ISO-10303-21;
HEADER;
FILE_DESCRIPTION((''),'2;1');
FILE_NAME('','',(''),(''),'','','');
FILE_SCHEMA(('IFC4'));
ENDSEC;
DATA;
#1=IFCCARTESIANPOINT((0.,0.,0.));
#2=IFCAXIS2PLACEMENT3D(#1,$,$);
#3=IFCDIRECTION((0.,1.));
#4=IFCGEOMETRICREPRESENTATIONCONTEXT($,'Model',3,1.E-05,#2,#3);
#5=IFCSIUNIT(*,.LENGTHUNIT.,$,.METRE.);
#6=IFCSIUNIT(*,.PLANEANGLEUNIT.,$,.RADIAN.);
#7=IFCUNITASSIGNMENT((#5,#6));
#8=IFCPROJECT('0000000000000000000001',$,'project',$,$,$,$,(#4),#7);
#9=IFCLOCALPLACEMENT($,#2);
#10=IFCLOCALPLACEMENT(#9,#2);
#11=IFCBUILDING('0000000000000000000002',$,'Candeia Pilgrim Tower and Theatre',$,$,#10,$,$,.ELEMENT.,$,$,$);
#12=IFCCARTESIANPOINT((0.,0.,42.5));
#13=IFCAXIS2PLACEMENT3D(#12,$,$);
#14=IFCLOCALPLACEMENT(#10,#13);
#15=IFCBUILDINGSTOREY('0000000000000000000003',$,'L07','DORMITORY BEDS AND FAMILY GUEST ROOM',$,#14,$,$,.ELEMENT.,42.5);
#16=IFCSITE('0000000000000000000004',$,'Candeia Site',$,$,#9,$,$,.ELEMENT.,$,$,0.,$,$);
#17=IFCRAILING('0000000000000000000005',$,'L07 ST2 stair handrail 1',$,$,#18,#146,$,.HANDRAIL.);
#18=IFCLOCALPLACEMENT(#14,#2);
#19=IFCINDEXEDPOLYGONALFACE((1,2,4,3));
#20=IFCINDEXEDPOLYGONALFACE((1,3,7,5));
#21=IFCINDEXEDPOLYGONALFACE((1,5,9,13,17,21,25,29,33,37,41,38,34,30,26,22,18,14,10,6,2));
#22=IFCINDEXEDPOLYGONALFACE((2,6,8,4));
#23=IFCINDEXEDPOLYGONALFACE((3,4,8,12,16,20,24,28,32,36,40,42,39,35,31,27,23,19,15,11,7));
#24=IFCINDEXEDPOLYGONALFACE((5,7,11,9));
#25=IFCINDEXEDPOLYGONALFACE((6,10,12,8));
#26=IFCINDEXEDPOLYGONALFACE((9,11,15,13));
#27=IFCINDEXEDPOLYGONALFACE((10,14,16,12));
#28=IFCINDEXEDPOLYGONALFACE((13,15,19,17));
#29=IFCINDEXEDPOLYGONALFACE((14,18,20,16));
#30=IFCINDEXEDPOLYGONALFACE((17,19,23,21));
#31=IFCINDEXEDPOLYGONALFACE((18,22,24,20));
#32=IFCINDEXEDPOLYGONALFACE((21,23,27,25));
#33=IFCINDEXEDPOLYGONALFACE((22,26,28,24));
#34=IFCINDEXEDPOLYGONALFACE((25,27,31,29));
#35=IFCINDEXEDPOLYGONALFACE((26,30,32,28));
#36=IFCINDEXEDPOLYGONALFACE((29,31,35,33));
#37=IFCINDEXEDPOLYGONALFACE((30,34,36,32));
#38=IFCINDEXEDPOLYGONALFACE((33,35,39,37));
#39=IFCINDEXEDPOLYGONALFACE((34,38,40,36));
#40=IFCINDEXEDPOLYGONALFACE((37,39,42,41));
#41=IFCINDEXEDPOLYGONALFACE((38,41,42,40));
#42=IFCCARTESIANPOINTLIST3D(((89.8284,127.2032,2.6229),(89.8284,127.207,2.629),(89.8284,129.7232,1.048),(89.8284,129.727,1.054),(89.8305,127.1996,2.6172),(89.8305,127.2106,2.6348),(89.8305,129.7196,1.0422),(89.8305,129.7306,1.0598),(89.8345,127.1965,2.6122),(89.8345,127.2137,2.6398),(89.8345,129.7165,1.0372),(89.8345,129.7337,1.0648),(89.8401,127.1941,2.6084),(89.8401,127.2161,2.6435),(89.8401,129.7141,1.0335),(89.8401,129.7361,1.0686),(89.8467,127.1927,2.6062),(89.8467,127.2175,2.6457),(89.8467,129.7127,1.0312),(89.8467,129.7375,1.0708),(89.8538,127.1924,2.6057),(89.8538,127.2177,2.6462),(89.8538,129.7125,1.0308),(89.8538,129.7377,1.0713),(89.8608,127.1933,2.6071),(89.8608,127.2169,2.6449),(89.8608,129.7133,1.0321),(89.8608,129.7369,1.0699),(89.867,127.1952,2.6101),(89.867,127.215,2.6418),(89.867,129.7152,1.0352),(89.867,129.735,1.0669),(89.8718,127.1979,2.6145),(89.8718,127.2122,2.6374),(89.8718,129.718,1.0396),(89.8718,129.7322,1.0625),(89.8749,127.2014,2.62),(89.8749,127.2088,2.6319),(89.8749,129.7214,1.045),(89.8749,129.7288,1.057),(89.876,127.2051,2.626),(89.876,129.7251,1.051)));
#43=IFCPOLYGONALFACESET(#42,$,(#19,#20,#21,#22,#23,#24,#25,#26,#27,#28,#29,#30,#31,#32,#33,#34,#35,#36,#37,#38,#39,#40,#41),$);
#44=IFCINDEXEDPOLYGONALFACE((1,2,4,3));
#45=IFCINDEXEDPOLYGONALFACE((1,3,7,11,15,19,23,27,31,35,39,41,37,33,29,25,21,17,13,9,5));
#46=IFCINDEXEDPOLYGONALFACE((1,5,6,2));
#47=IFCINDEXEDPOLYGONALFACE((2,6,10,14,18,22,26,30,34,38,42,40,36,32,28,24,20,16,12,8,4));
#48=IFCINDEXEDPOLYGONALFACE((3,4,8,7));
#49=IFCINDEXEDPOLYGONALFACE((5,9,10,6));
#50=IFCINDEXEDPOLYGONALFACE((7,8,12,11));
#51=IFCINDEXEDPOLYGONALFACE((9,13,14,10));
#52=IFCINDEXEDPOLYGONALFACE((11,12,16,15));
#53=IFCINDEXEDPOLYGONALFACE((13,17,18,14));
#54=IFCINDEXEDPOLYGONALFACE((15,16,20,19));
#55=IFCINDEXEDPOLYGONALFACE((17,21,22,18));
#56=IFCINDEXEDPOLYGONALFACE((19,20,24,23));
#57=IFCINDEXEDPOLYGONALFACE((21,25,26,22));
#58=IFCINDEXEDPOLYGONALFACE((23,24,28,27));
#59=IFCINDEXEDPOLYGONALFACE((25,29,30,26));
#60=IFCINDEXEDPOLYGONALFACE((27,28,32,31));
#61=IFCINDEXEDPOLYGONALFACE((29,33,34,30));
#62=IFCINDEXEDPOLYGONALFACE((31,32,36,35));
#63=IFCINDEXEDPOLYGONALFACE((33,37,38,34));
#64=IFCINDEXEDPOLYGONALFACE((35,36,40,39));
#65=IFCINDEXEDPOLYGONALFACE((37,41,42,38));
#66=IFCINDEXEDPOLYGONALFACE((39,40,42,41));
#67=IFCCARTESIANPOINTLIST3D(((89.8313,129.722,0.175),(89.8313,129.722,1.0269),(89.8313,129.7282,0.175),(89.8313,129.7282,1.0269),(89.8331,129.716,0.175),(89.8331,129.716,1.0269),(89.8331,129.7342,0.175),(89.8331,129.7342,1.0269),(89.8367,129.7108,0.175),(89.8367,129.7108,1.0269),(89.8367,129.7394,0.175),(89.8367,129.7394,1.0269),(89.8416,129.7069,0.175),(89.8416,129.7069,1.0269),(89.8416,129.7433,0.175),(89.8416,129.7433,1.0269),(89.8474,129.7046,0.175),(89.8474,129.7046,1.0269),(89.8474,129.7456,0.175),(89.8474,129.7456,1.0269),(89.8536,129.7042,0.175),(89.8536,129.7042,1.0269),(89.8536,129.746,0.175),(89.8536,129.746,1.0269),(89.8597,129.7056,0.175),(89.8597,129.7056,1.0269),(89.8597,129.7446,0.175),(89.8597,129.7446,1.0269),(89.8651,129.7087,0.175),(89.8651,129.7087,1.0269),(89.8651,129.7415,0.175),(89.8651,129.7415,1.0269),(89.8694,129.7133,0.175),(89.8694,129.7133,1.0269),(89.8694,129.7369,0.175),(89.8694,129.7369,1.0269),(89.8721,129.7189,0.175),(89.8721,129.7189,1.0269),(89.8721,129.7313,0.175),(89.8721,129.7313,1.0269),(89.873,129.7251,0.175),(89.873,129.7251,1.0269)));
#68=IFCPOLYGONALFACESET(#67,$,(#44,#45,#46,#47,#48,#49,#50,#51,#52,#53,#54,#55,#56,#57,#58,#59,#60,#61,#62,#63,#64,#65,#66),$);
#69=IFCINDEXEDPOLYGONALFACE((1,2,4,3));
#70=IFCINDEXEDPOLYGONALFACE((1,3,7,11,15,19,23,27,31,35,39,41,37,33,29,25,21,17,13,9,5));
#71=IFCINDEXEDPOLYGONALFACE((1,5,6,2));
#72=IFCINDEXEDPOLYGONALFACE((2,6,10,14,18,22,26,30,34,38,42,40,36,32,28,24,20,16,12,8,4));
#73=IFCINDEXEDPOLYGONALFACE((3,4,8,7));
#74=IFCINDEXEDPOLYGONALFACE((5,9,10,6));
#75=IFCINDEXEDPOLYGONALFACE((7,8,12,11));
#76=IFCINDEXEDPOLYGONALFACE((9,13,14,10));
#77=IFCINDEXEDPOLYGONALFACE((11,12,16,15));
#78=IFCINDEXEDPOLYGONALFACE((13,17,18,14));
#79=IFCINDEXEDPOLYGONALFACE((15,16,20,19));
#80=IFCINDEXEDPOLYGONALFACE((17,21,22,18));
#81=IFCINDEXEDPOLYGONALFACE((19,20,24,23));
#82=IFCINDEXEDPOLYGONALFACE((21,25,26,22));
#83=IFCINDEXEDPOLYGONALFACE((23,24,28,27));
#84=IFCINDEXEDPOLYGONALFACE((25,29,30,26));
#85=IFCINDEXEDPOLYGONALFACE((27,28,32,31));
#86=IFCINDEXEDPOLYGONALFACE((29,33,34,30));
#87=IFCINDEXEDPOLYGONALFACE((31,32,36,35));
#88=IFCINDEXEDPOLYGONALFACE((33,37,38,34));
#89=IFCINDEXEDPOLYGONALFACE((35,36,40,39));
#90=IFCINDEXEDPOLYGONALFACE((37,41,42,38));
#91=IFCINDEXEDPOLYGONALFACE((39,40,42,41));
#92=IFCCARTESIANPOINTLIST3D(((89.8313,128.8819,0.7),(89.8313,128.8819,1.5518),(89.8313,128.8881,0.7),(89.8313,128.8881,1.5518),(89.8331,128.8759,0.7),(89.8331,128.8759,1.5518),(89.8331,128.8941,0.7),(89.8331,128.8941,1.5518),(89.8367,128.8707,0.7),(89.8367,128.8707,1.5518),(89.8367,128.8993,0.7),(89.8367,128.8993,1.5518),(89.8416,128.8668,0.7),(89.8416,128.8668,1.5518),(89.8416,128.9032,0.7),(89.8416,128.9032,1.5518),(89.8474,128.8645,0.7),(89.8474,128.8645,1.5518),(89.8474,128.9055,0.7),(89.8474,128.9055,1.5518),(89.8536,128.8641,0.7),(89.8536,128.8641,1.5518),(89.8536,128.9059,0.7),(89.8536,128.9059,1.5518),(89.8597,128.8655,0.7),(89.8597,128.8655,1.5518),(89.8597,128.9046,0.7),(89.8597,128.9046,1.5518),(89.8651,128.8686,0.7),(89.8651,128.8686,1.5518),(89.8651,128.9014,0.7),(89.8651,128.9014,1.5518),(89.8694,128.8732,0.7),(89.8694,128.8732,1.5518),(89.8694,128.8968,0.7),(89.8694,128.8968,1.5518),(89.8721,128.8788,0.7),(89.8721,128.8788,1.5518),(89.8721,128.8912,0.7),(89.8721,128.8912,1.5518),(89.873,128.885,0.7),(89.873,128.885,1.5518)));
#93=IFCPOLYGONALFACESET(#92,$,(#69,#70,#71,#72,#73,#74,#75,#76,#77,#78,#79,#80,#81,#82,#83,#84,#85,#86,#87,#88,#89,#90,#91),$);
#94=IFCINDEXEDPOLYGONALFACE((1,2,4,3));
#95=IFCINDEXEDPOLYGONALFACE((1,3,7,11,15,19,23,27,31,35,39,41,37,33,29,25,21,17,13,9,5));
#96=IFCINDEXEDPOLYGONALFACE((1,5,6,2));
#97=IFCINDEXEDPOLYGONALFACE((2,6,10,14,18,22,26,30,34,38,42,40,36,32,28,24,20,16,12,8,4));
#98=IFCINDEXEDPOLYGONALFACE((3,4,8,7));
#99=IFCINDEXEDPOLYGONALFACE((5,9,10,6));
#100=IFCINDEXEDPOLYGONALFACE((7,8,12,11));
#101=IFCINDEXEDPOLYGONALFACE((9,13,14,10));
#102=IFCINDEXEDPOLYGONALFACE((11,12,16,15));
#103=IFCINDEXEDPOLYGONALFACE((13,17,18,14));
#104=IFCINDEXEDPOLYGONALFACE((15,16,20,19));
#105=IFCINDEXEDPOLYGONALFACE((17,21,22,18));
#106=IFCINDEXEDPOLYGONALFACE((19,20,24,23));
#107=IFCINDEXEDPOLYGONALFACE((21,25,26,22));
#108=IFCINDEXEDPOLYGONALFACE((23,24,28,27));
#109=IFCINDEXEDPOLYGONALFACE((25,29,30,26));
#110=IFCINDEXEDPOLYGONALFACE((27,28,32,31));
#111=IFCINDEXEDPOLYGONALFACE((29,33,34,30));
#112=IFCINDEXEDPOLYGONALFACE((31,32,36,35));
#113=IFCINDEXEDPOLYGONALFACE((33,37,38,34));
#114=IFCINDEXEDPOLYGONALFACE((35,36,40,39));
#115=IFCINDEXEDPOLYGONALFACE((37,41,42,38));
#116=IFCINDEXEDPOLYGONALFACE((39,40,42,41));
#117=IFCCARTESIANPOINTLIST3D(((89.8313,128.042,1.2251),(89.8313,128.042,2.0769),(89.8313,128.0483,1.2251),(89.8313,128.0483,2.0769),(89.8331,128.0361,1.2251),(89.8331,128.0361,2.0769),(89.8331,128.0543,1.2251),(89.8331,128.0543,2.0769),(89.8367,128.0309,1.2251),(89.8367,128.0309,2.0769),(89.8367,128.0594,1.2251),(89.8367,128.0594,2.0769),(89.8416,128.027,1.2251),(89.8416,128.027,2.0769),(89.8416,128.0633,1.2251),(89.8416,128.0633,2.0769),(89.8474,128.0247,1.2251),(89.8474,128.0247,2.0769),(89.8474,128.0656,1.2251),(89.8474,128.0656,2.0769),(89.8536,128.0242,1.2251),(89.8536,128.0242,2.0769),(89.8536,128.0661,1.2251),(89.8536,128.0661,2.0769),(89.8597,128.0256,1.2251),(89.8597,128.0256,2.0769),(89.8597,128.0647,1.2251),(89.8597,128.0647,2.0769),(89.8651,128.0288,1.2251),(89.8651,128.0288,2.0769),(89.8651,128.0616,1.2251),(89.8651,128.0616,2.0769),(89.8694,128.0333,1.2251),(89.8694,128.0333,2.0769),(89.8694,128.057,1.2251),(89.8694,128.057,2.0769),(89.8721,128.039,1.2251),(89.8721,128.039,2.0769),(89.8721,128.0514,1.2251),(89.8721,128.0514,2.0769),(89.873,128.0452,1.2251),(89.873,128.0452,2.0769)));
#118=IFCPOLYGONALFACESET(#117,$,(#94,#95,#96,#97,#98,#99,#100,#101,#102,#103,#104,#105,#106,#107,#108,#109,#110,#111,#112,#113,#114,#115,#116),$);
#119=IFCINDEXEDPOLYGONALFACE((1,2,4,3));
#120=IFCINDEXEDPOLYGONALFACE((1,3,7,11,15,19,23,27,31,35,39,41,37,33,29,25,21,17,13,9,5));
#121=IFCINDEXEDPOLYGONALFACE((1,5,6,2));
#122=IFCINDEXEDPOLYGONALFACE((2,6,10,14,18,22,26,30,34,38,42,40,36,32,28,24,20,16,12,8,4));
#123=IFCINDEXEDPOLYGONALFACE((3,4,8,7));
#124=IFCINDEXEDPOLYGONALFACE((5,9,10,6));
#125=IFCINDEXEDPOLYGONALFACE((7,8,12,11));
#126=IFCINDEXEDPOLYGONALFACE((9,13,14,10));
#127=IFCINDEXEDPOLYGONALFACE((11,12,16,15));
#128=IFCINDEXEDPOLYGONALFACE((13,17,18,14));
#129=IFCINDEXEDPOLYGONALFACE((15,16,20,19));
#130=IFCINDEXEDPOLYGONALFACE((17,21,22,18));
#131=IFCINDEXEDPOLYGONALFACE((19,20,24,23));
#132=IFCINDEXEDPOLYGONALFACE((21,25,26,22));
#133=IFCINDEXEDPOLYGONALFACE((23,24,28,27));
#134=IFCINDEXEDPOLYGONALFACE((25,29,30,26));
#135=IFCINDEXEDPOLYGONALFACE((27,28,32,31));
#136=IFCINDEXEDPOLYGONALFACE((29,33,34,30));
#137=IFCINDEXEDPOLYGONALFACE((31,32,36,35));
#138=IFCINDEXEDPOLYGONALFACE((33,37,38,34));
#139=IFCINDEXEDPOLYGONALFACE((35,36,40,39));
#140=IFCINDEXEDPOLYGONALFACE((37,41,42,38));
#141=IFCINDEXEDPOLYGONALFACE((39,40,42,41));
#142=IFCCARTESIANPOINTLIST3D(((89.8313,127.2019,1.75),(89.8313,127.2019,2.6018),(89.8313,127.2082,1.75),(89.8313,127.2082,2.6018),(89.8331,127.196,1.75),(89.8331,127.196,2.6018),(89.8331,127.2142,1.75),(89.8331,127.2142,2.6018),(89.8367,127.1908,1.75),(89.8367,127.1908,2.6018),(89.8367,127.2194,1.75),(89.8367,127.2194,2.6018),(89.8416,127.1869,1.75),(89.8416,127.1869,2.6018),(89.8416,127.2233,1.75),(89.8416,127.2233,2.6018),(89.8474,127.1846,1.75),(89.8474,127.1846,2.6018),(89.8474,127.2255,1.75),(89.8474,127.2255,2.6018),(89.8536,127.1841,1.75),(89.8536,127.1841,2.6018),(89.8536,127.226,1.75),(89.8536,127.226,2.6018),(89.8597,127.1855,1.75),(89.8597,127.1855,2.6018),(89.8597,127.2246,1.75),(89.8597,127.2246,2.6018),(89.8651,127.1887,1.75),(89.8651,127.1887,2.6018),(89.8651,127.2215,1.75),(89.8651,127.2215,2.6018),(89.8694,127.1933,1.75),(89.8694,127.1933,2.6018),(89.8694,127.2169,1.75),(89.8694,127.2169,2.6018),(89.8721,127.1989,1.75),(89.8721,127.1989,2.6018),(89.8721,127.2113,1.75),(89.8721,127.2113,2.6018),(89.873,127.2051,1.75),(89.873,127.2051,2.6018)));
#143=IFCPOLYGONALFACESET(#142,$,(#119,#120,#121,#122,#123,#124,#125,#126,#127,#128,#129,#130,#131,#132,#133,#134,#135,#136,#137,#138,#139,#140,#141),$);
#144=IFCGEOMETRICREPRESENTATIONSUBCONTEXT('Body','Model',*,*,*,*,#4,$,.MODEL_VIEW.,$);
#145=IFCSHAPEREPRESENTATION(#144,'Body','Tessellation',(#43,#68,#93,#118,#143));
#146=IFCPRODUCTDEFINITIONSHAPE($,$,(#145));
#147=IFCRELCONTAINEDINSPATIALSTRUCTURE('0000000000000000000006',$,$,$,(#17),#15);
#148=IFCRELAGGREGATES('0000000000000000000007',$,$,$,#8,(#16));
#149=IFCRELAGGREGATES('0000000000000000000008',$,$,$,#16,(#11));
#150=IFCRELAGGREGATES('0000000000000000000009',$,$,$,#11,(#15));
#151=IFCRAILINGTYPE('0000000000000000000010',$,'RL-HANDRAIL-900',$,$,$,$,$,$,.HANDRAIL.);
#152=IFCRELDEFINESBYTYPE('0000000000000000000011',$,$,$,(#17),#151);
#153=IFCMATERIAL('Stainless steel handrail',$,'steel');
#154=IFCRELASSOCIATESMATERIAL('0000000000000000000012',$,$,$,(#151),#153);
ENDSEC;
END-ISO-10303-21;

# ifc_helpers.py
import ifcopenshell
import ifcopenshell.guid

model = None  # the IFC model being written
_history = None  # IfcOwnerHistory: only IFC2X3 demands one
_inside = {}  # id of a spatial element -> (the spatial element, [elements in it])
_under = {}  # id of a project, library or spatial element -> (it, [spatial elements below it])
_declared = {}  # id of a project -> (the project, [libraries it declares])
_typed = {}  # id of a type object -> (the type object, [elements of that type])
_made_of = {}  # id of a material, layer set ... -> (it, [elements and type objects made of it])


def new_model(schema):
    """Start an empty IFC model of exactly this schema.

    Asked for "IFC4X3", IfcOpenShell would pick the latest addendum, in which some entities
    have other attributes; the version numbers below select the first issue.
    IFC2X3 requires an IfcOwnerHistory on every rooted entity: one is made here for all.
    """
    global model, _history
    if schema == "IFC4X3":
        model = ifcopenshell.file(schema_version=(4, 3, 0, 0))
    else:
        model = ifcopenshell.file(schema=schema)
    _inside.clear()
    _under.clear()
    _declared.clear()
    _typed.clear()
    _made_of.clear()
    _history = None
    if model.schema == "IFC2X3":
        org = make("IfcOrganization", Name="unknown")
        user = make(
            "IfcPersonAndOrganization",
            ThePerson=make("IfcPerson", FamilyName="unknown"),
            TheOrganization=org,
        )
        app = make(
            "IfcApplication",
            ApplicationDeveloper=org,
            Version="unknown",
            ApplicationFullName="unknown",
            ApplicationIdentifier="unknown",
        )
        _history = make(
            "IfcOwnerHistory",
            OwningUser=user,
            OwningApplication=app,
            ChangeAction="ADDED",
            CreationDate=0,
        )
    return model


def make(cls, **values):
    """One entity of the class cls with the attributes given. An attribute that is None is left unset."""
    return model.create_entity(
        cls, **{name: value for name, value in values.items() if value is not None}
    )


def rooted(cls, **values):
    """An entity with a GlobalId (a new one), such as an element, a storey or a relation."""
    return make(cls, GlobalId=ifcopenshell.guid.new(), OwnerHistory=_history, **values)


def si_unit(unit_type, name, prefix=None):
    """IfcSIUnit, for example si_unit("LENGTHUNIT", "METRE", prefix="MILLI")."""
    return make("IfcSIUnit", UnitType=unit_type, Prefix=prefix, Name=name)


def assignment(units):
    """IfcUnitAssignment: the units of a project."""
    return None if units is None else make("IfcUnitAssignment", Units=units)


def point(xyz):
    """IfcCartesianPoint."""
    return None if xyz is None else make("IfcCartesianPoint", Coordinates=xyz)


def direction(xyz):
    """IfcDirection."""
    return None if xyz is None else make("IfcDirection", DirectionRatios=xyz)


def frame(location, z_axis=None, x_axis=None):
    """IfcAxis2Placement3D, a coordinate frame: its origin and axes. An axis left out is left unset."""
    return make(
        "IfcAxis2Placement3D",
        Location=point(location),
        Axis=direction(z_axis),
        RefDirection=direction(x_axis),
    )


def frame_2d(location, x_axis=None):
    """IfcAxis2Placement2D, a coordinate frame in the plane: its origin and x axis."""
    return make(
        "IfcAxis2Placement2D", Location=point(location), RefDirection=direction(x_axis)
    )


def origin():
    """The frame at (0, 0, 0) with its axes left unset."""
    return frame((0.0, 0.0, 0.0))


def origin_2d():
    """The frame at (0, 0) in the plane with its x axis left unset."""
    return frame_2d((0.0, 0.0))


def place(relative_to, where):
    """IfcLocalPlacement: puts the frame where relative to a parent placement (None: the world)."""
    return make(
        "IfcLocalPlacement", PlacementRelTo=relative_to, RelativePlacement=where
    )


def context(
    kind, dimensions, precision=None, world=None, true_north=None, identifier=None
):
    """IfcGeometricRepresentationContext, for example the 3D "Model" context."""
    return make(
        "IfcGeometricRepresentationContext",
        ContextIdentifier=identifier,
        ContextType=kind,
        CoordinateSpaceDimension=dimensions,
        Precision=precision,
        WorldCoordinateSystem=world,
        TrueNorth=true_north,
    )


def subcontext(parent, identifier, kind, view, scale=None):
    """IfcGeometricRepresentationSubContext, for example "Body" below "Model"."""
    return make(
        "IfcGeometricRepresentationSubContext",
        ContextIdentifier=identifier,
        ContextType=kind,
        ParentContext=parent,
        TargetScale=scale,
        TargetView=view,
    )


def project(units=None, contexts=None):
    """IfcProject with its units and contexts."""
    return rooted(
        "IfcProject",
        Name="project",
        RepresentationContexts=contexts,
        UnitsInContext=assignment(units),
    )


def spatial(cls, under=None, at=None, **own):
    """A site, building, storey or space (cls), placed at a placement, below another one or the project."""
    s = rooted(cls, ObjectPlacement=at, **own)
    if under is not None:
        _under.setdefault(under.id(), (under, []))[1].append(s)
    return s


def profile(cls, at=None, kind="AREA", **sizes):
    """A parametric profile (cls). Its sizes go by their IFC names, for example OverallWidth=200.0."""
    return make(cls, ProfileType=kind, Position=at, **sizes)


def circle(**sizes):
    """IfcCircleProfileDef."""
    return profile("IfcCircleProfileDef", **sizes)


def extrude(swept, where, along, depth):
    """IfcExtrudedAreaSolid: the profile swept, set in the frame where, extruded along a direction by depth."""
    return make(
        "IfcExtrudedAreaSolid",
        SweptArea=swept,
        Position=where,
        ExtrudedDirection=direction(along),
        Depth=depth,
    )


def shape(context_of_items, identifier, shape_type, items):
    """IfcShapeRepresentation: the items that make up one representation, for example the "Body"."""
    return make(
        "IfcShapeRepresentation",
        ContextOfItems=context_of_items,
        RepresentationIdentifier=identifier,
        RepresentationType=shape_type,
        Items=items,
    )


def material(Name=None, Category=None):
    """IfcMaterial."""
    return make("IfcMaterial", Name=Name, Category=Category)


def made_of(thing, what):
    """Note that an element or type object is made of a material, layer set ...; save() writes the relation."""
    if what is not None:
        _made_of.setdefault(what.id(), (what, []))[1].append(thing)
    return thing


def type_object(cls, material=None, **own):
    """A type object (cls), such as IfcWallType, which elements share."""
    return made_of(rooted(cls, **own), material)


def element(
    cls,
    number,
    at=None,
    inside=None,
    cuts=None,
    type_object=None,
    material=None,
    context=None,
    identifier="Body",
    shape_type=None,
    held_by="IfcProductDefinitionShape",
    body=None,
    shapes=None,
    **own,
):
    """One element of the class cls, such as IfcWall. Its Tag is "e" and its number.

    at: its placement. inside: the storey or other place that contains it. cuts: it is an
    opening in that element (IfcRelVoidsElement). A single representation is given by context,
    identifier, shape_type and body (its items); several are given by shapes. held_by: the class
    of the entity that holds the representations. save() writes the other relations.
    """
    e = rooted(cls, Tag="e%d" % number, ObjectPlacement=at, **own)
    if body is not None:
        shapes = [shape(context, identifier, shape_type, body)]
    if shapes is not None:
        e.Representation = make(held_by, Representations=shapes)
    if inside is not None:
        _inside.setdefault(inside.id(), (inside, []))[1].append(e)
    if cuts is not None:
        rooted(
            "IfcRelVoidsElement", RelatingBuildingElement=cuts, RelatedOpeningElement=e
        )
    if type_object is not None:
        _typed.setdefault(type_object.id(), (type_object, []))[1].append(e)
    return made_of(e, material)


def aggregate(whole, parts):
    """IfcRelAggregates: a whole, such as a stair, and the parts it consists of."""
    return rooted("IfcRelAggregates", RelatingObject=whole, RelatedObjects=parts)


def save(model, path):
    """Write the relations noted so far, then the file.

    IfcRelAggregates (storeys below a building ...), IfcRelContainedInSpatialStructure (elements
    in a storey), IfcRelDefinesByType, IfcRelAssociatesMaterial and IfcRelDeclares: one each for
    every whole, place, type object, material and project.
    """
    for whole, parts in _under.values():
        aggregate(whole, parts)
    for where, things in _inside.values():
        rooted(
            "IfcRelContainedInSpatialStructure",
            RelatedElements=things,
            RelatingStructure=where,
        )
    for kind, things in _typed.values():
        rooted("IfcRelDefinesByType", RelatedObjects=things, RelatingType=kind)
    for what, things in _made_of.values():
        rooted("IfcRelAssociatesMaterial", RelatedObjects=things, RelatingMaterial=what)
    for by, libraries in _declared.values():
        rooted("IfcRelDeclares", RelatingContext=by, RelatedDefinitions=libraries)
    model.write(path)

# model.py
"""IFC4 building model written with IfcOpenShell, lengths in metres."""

from ifc_helpers import new_model, si_unit, direction, frame, origin, origin_2d, place, context, subcontext, project, spatial, circle, extrude, material, type_object, element, save


model = new_model("IFC4")

# Units and contexts
model_context = context("Model", 3, precision=1e-05, world=origin(), true_north=direction((0.0, 1.0)))
body_context = subcontext(model_context, "Body", "Model", "MODEL_VIEW")
ifc_project = project(units=[si_unit("LENGTHUNIT", "METRE"), si_unit("PLANEANGLEUNIT", "RADIAN")], contexts=[model_context])

# Site, building, storey
site_placement = place(None, origin())
site = spatial("IfcSite", under=ifc_project, at=site_placement, Name="Candeia Site", CompositionType="ELEMENT", RefElevation=0.0)
building_placement = place(site_placement, origin())
building = spatial("IfcBuilding", under=site, at=building_placement, Name="Candeia Pilgrim Tower and Theatre", CompositionType="ELEMENT")
storey_placement = place(building_placement, frame((0.0, 0.0, 42.5)))
storey = spatial("IfcBuildingStorey", under=building, at=storey_placement, Name="L07", Description="DORMITORY BEDS AND FAMILY GUEST ROOM", CompositionType="ELEMENT", Elevation=42.5)

# Railing
ifc_material_1 = material(Name="Stainless steel handrail", Category="steel")
railing_type_1 = type_object("IfcRailingType", Name="RL-HANDRAIL-900", PredefinedType="HANDRAIL", material=ifc_material_1)
for number, where, name in (
    (1, (89.8521, 129.7251, 0.175), "L07 ST2 stair handrail 1"),
):
    element("IfcRailing", number, at=place(storey_placement, frame(where)), inside=storey, type_object=railing_type_1, Name=name, PredefinedType="HANDRAIL", context=body_context, shape_type="SweptSolid", body=[
        extrude(circle(Radius=0.0239, at=origin_2d()), frame((0.0, 0.0, 0.876), z_axis=(0.0, -0.848008, 0.529984), x_axis=(1.0, 0.0, 0.0)), (0.0, 0.0, 1.0), 2.9717),
        extrude(circle(Radius=0.021, at=origin_2d()), origin(), (0.0, 0.0, 1.0), 0.8518),
        extrude(circle(Radius=0.021, at=origin_2d()), frame((0.0, -0.8401, 0.5249)), (0.0, 0.0, 1.0), 0.8518),
        extrude(circle(Radius=0.021, at=origin_2d()), frame((0.0, -1.6799, 1.05)), (0.0, 0.0, 1.0), 0.8518),
        extrude(circle(Radius=0.021, at=origin_2d()), frame((0.0, -2.52, 1.575)), (0.0, 0.0, 1.0), 0.8518),
    ])

save(model, "model.ifc")
